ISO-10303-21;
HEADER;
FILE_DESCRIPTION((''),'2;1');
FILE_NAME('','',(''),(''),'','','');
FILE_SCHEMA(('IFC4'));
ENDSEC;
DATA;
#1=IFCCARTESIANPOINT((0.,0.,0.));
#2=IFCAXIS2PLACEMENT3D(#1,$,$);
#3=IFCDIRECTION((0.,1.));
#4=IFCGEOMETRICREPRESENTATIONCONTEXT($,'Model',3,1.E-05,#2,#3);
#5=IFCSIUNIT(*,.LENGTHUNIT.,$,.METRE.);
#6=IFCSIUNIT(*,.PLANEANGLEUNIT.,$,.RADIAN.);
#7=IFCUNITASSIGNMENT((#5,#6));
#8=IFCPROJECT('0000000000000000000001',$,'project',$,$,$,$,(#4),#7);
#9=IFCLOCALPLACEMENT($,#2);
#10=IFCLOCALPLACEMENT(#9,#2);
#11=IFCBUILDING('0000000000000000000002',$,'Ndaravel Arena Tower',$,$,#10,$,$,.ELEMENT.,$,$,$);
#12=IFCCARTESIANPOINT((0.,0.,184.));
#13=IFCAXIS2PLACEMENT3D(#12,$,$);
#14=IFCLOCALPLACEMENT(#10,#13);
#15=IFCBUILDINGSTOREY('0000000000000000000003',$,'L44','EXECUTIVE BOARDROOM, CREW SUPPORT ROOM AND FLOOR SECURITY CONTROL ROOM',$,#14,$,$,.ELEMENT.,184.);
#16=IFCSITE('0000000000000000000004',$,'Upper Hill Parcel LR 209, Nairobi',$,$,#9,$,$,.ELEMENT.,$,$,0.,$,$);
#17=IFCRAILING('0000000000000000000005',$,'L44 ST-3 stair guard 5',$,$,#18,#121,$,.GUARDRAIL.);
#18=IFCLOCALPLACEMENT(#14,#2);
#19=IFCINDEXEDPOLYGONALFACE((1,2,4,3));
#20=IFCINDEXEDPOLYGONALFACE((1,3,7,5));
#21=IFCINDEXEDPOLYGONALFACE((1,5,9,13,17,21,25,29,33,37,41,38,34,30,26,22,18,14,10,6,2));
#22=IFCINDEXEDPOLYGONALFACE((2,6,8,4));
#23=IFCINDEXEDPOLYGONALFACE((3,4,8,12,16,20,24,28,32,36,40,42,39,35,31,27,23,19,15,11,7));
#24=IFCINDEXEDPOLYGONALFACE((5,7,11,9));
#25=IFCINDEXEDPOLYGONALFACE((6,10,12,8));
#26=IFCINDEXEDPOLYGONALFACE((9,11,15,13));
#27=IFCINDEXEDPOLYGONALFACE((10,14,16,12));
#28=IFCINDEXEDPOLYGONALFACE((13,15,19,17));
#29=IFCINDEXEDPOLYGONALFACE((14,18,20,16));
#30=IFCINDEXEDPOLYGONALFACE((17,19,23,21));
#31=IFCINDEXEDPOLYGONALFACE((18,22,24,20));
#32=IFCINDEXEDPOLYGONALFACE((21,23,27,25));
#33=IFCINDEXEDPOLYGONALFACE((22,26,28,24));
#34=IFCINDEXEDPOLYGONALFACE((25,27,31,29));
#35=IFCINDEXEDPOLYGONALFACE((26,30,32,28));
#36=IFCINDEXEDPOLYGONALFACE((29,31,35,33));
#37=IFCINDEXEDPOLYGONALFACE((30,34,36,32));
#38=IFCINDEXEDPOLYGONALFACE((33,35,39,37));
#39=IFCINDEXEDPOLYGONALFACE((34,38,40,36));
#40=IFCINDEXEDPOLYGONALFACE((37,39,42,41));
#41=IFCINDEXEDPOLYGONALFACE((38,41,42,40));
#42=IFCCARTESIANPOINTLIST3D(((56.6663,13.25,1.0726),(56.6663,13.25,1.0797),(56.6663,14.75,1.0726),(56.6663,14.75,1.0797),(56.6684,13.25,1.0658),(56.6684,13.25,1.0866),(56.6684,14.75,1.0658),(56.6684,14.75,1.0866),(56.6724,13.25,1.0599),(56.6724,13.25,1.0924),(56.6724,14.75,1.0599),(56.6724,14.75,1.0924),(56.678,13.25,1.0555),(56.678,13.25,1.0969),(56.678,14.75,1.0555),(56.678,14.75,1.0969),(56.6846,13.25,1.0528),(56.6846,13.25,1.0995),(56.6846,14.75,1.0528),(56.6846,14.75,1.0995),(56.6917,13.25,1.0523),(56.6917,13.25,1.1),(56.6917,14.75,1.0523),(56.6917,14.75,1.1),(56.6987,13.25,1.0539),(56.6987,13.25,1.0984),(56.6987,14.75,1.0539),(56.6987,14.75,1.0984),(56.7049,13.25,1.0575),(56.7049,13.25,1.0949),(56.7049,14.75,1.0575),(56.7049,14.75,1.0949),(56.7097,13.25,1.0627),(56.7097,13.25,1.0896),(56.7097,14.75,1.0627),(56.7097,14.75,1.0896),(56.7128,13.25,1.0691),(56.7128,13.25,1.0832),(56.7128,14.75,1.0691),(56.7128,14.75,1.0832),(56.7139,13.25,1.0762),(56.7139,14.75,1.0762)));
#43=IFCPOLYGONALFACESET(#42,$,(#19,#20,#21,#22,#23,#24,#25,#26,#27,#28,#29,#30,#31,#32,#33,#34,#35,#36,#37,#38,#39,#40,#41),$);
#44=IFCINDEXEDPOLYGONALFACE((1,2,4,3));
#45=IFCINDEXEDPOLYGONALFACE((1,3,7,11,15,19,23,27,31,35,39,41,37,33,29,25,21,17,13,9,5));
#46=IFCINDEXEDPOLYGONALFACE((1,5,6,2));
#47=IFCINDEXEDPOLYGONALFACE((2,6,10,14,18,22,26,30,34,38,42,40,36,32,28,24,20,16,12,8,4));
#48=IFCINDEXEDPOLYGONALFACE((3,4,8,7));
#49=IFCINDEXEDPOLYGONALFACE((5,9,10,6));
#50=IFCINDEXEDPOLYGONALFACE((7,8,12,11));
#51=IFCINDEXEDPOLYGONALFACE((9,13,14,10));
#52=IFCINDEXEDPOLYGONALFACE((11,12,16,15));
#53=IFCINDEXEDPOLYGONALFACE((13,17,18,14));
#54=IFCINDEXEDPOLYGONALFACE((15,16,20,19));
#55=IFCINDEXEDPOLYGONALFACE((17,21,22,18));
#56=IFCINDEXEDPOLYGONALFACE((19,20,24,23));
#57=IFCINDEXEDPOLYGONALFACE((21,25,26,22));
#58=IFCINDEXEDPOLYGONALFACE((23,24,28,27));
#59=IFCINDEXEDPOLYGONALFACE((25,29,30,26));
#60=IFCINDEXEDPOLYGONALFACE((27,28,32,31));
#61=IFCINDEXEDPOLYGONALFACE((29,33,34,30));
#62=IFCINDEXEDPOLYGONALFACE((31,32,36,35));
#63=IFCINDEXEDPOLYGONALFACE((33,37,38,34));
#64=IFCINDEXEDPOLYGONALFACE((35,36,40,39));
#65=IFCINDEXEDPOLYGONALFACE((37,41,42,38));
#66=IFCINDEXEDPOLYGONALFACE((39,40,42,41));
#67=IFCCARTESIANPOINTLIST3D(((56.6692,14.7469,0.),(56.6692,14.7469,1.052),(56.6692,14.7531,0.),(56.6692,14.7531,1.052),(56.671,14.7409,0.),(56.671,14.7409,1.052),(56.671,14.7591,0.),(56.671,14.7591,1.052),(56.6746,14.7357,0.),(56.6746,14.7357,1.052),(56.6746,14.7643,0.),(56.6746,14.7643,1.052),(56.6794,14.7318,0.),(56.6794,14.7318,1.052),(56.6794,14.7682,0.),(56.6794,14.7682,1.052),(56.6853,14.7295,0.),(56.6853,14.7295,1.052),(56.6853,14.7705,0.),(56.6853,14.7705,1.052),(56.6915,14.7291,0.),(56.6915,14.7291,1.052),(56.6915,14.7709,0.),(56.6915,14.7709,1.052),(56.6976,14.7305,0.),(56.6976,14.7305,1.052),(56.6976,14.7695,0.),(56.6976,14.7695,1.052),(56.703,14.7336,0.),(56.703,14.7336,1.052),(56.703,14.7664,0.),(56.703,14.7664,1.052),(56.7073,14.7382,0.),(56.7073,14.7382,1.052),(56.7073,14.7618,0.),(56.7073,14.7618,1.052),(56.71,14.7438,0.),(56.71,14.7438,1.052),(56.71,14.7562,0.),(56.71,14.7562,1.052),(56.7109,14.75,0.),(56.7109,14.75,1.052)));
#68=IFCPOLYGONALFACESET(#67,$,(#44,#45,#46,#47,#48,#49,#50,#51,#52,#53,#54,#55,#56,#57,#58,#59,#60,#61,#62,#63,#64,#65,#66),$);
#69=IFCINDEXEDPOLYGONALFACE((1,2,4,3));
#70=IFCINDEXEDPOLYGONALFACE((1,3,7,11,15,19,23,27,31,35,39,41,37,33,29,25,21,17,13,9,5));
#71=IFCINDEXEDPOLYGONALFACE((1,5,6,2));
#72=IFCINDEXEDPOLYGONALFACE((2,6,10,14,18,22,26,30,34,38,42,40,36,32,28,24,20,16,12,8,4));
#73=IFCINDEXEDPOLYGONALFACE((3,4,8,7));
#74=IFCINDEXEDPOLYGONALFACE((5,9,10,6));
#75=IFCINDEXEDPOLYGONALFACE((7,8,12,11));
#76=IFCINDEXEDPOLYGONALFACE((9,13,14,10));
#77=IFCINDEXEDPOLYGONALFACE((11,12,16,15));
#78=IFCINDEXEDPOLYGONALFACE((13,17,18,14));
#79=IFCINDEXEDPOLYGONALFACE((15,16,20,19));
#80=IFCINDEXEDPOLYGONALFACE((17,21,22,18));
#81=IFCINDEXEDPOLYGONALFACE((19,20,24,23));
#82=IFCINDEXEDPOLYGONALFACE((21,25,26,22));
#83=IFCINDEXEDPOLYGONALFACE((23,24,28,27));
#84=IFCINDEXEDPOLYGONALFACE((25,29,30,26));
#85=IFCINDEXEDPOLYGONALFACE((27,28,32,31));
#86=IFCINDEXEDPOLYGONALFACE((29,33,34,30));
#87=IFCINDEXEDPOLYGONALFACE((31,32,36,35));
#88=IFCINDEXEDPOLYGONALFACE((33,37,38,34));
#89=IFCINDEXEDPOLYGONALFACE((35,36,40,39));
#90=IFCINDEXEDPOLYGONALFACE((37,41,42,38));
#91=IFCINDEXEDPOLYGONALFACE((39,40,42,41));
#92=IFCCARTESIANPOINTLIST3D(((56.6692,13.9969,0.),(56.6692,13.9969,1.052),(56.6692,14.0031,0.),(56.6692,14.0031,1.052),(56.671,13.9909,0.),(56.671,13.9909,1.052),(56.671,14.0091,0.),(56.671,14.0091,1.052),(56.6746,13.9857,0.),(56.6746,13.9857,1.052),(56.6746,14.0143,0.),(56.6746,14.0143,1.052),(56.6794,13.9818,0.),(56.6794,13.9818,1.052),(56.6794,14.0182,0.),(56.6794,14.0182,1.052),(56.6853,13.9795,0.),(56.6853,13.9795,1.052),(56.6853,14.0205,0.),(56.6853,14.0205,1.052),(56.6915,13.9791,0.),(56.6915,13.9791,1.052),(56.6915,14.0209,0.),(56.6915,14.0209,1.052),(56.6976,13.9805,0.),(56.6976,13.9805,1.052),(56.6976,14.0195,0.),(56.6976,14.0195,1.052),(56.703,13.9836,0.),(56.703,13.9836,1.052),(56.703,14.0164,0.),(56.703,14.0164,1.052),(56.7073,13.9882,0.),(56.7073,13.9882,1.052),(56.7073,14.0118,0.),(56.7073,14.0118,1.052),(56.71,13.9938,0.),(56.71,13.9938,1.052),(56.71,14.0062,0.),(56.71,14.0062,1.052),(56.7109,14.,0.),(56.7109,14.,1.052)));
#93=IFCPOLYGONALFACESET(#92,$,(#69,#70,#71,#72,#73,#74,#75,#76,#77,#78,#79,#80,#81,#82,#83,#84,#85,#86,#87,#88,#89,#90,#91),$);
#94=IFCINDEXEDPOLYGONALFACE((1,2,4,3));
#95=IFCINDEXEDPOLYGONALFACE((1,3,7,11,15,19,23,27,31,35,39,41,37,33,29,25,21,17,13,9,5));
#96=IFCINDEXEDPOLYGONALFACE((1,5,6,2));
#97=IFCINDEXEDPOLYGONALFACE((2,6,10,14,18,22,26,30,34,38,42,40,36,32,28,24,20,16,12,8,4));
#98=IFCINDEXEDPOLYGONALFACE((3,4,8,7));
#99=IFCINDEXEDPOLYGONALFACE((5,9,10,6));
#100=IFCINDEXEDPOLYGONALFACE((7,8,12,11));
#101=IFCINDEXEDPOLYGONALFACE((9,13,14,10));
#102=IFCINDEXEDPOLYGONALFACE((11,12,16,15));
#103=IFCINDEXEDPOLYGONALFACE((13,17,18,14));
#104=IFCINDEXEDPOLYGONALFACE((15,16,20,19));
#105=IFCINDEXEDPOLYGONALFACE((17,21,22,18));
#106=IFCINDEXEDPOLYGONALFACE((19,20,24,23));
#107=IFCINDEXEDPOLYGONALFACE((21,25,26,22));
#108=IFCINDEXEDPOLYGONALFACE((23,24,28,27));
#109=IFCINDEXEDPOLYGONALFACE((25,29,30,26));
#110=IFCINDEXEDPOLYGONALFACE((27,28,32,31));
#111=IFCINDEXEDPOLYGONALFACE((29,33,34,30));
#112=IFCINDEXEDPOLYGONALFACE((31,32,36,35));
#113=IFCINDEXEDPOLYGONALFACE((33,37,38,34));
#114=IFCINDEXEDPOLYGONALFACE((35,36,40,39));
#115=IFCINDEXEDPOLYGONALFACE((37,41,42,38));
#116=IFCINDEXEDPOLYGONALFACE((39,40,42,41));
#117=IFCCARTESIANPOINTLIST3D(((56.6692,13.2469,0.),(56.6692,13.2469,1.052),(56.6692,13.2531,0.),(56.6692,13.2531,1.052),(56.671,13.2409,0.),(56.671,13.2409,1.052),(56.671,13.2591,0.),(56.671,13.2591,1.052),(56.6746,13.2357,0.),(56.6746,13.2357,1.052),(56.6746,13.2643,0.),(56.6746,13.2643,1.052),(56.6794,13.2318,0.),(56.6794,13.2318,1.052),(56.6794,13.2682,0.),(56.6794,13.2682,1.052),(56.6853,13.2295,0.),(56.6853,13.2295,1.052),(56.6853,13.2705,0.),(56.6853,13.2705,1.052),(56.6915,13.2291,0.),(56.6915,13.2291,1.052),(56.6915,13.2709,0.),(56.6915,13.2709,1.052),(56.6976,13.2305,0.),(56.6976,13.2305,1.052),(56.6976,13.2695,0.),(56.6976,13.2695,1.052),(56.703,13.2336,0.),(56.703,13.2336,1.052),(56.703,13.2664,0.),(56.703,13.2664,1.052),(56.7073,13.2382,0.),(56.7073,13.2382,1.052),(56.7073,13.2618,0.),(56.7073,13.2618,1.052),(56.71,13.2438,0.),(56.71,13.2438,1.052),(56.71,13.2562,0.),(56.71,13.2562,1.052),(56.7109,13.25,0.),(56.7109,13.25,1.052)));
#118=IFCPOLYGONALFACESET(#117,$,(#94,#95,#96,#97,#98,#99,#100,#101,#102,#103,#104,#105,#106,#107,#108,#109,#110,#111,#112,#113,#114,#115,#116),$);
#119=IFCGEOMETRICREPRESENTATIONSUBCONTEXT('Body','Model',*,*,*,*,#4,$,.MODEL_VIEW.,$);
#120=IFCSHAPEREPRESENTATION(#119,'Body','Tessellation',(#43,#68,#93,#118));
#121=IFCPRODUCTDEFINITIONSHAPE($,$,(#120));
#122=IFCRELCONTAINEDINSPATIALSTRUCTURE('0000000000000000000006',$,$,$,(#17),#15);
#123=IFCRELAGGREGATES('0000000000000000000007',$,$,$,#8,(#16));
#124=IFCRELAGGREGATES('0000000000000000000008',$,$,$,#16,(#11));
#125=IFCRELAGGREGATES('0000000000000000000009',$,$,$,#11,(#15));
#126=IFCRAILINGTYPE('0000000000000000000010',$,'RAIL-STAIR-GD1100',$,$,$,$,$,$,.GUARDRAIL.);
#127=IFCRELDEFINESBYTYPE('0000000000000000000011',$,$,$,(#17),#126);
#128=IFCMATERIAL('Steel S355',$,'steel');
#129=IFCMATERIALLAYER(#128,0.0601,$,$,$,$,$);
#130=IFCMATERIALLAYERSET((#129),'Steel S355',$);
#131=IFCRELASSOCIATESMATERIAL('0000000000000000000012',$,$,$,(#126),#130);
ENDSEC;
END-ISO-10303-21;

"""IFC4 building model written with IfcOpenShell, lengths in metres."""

from ifc_helpers import new_model, si_unit, direction, frame, origin, origin_2d, place, context, subcontext, project, spatial, circle, extrude, material, layer, layer_set, type_object, element, save


model = new_model("IFC4")

# Units and contexts
model_context = context("Model", 3, precision=1e-05, world=origin(), true_north=direction((0.0, 1.0)))
body_context = subcontext(model_context, "Body", "Model", "MODEL_VIEW")
ifc_project = project(units=[si_unit("LENGTHUNIT", "METRE"), si_unit("PLANEANGLEUNIT", "RADIAN")], contexts=[model_context])

# Site, building, storey
site_placement = place(None, origin())
site = spatial("IfcSite", under=ifc_project, at=site_placement, Name="Upper Hill Parcel LR 209, Nairobi", CompositionType="ELEMENT", RefElevation=0.0)
building_placement = place(site_placement, origin())
building = spatial("IfcBuilding", under=site, at=building_placement, Name="Ndaravel Arena Tower", CompositionType="ELEMENT")
storey_placement = place(building_placement, frame((0.0, 0.0, 184.0)))
storey = spatial("IfcBuildingStorey", under=building, at=storey_placement, Name="L44", Description="EXECUTIVE BOARDROOM, CREW SUPPORT ROOM AND FLOOR SECURITY CONTROL ROOM", CompositionType="ELEMENT", Elevation=184.0)

# Railing
ifc_material_1 = material(Name="Steel S355", Category="steel")
ifc_layer_1 = layer(ifc_material_1, 0.0601)
ifc_layer_set_1 = layer_set([ifc_layer_1], Name="Steel S355")
railing_type = type_object("IfcRailingType", Name="RAIL-STAIR-GD1100", PredefinedType="GUARDRAIL", material=ifc_layer_set_1)
railing_placement = place(storey_placement, frame((56.6899, 14.75, 0.0)))
element("IfcRailing", 1, at=railing_placement, inside=storey, type_object=railing_type, Name="L44 ST-3 stair guard 5", PredefinedType="GUARDRAIL", context=body_context, shape_type="SweptSolid", body=[
    extrude(circle(Radius=0.0239, at=origin_2d()), frame((0.0, 0.0, 1.0762), z_axis=(0.0, -1.0, 0.0), x_axis=(1.0, 0.0, 0.0)), (0.0, 0.0, 1.0), 1.5),
    extrude(circle(Radius=0.021, at=origin_2d()), origin(), (0.0, 0.0, 1.0), 1.052),
    extrude(circle(Radius=0.021, at=origin_2d()), frame((0.0, -0.75, 0.0)), (0.0, 0.0, 1.0), 1.052),
    extrude(circle(Radius=0.021, at=origin_2d()), frame((0.0, -1.5, 0.0)), (0.0, 0.0, 1.0), 1.052),
])

save(model, "model.ifc")
